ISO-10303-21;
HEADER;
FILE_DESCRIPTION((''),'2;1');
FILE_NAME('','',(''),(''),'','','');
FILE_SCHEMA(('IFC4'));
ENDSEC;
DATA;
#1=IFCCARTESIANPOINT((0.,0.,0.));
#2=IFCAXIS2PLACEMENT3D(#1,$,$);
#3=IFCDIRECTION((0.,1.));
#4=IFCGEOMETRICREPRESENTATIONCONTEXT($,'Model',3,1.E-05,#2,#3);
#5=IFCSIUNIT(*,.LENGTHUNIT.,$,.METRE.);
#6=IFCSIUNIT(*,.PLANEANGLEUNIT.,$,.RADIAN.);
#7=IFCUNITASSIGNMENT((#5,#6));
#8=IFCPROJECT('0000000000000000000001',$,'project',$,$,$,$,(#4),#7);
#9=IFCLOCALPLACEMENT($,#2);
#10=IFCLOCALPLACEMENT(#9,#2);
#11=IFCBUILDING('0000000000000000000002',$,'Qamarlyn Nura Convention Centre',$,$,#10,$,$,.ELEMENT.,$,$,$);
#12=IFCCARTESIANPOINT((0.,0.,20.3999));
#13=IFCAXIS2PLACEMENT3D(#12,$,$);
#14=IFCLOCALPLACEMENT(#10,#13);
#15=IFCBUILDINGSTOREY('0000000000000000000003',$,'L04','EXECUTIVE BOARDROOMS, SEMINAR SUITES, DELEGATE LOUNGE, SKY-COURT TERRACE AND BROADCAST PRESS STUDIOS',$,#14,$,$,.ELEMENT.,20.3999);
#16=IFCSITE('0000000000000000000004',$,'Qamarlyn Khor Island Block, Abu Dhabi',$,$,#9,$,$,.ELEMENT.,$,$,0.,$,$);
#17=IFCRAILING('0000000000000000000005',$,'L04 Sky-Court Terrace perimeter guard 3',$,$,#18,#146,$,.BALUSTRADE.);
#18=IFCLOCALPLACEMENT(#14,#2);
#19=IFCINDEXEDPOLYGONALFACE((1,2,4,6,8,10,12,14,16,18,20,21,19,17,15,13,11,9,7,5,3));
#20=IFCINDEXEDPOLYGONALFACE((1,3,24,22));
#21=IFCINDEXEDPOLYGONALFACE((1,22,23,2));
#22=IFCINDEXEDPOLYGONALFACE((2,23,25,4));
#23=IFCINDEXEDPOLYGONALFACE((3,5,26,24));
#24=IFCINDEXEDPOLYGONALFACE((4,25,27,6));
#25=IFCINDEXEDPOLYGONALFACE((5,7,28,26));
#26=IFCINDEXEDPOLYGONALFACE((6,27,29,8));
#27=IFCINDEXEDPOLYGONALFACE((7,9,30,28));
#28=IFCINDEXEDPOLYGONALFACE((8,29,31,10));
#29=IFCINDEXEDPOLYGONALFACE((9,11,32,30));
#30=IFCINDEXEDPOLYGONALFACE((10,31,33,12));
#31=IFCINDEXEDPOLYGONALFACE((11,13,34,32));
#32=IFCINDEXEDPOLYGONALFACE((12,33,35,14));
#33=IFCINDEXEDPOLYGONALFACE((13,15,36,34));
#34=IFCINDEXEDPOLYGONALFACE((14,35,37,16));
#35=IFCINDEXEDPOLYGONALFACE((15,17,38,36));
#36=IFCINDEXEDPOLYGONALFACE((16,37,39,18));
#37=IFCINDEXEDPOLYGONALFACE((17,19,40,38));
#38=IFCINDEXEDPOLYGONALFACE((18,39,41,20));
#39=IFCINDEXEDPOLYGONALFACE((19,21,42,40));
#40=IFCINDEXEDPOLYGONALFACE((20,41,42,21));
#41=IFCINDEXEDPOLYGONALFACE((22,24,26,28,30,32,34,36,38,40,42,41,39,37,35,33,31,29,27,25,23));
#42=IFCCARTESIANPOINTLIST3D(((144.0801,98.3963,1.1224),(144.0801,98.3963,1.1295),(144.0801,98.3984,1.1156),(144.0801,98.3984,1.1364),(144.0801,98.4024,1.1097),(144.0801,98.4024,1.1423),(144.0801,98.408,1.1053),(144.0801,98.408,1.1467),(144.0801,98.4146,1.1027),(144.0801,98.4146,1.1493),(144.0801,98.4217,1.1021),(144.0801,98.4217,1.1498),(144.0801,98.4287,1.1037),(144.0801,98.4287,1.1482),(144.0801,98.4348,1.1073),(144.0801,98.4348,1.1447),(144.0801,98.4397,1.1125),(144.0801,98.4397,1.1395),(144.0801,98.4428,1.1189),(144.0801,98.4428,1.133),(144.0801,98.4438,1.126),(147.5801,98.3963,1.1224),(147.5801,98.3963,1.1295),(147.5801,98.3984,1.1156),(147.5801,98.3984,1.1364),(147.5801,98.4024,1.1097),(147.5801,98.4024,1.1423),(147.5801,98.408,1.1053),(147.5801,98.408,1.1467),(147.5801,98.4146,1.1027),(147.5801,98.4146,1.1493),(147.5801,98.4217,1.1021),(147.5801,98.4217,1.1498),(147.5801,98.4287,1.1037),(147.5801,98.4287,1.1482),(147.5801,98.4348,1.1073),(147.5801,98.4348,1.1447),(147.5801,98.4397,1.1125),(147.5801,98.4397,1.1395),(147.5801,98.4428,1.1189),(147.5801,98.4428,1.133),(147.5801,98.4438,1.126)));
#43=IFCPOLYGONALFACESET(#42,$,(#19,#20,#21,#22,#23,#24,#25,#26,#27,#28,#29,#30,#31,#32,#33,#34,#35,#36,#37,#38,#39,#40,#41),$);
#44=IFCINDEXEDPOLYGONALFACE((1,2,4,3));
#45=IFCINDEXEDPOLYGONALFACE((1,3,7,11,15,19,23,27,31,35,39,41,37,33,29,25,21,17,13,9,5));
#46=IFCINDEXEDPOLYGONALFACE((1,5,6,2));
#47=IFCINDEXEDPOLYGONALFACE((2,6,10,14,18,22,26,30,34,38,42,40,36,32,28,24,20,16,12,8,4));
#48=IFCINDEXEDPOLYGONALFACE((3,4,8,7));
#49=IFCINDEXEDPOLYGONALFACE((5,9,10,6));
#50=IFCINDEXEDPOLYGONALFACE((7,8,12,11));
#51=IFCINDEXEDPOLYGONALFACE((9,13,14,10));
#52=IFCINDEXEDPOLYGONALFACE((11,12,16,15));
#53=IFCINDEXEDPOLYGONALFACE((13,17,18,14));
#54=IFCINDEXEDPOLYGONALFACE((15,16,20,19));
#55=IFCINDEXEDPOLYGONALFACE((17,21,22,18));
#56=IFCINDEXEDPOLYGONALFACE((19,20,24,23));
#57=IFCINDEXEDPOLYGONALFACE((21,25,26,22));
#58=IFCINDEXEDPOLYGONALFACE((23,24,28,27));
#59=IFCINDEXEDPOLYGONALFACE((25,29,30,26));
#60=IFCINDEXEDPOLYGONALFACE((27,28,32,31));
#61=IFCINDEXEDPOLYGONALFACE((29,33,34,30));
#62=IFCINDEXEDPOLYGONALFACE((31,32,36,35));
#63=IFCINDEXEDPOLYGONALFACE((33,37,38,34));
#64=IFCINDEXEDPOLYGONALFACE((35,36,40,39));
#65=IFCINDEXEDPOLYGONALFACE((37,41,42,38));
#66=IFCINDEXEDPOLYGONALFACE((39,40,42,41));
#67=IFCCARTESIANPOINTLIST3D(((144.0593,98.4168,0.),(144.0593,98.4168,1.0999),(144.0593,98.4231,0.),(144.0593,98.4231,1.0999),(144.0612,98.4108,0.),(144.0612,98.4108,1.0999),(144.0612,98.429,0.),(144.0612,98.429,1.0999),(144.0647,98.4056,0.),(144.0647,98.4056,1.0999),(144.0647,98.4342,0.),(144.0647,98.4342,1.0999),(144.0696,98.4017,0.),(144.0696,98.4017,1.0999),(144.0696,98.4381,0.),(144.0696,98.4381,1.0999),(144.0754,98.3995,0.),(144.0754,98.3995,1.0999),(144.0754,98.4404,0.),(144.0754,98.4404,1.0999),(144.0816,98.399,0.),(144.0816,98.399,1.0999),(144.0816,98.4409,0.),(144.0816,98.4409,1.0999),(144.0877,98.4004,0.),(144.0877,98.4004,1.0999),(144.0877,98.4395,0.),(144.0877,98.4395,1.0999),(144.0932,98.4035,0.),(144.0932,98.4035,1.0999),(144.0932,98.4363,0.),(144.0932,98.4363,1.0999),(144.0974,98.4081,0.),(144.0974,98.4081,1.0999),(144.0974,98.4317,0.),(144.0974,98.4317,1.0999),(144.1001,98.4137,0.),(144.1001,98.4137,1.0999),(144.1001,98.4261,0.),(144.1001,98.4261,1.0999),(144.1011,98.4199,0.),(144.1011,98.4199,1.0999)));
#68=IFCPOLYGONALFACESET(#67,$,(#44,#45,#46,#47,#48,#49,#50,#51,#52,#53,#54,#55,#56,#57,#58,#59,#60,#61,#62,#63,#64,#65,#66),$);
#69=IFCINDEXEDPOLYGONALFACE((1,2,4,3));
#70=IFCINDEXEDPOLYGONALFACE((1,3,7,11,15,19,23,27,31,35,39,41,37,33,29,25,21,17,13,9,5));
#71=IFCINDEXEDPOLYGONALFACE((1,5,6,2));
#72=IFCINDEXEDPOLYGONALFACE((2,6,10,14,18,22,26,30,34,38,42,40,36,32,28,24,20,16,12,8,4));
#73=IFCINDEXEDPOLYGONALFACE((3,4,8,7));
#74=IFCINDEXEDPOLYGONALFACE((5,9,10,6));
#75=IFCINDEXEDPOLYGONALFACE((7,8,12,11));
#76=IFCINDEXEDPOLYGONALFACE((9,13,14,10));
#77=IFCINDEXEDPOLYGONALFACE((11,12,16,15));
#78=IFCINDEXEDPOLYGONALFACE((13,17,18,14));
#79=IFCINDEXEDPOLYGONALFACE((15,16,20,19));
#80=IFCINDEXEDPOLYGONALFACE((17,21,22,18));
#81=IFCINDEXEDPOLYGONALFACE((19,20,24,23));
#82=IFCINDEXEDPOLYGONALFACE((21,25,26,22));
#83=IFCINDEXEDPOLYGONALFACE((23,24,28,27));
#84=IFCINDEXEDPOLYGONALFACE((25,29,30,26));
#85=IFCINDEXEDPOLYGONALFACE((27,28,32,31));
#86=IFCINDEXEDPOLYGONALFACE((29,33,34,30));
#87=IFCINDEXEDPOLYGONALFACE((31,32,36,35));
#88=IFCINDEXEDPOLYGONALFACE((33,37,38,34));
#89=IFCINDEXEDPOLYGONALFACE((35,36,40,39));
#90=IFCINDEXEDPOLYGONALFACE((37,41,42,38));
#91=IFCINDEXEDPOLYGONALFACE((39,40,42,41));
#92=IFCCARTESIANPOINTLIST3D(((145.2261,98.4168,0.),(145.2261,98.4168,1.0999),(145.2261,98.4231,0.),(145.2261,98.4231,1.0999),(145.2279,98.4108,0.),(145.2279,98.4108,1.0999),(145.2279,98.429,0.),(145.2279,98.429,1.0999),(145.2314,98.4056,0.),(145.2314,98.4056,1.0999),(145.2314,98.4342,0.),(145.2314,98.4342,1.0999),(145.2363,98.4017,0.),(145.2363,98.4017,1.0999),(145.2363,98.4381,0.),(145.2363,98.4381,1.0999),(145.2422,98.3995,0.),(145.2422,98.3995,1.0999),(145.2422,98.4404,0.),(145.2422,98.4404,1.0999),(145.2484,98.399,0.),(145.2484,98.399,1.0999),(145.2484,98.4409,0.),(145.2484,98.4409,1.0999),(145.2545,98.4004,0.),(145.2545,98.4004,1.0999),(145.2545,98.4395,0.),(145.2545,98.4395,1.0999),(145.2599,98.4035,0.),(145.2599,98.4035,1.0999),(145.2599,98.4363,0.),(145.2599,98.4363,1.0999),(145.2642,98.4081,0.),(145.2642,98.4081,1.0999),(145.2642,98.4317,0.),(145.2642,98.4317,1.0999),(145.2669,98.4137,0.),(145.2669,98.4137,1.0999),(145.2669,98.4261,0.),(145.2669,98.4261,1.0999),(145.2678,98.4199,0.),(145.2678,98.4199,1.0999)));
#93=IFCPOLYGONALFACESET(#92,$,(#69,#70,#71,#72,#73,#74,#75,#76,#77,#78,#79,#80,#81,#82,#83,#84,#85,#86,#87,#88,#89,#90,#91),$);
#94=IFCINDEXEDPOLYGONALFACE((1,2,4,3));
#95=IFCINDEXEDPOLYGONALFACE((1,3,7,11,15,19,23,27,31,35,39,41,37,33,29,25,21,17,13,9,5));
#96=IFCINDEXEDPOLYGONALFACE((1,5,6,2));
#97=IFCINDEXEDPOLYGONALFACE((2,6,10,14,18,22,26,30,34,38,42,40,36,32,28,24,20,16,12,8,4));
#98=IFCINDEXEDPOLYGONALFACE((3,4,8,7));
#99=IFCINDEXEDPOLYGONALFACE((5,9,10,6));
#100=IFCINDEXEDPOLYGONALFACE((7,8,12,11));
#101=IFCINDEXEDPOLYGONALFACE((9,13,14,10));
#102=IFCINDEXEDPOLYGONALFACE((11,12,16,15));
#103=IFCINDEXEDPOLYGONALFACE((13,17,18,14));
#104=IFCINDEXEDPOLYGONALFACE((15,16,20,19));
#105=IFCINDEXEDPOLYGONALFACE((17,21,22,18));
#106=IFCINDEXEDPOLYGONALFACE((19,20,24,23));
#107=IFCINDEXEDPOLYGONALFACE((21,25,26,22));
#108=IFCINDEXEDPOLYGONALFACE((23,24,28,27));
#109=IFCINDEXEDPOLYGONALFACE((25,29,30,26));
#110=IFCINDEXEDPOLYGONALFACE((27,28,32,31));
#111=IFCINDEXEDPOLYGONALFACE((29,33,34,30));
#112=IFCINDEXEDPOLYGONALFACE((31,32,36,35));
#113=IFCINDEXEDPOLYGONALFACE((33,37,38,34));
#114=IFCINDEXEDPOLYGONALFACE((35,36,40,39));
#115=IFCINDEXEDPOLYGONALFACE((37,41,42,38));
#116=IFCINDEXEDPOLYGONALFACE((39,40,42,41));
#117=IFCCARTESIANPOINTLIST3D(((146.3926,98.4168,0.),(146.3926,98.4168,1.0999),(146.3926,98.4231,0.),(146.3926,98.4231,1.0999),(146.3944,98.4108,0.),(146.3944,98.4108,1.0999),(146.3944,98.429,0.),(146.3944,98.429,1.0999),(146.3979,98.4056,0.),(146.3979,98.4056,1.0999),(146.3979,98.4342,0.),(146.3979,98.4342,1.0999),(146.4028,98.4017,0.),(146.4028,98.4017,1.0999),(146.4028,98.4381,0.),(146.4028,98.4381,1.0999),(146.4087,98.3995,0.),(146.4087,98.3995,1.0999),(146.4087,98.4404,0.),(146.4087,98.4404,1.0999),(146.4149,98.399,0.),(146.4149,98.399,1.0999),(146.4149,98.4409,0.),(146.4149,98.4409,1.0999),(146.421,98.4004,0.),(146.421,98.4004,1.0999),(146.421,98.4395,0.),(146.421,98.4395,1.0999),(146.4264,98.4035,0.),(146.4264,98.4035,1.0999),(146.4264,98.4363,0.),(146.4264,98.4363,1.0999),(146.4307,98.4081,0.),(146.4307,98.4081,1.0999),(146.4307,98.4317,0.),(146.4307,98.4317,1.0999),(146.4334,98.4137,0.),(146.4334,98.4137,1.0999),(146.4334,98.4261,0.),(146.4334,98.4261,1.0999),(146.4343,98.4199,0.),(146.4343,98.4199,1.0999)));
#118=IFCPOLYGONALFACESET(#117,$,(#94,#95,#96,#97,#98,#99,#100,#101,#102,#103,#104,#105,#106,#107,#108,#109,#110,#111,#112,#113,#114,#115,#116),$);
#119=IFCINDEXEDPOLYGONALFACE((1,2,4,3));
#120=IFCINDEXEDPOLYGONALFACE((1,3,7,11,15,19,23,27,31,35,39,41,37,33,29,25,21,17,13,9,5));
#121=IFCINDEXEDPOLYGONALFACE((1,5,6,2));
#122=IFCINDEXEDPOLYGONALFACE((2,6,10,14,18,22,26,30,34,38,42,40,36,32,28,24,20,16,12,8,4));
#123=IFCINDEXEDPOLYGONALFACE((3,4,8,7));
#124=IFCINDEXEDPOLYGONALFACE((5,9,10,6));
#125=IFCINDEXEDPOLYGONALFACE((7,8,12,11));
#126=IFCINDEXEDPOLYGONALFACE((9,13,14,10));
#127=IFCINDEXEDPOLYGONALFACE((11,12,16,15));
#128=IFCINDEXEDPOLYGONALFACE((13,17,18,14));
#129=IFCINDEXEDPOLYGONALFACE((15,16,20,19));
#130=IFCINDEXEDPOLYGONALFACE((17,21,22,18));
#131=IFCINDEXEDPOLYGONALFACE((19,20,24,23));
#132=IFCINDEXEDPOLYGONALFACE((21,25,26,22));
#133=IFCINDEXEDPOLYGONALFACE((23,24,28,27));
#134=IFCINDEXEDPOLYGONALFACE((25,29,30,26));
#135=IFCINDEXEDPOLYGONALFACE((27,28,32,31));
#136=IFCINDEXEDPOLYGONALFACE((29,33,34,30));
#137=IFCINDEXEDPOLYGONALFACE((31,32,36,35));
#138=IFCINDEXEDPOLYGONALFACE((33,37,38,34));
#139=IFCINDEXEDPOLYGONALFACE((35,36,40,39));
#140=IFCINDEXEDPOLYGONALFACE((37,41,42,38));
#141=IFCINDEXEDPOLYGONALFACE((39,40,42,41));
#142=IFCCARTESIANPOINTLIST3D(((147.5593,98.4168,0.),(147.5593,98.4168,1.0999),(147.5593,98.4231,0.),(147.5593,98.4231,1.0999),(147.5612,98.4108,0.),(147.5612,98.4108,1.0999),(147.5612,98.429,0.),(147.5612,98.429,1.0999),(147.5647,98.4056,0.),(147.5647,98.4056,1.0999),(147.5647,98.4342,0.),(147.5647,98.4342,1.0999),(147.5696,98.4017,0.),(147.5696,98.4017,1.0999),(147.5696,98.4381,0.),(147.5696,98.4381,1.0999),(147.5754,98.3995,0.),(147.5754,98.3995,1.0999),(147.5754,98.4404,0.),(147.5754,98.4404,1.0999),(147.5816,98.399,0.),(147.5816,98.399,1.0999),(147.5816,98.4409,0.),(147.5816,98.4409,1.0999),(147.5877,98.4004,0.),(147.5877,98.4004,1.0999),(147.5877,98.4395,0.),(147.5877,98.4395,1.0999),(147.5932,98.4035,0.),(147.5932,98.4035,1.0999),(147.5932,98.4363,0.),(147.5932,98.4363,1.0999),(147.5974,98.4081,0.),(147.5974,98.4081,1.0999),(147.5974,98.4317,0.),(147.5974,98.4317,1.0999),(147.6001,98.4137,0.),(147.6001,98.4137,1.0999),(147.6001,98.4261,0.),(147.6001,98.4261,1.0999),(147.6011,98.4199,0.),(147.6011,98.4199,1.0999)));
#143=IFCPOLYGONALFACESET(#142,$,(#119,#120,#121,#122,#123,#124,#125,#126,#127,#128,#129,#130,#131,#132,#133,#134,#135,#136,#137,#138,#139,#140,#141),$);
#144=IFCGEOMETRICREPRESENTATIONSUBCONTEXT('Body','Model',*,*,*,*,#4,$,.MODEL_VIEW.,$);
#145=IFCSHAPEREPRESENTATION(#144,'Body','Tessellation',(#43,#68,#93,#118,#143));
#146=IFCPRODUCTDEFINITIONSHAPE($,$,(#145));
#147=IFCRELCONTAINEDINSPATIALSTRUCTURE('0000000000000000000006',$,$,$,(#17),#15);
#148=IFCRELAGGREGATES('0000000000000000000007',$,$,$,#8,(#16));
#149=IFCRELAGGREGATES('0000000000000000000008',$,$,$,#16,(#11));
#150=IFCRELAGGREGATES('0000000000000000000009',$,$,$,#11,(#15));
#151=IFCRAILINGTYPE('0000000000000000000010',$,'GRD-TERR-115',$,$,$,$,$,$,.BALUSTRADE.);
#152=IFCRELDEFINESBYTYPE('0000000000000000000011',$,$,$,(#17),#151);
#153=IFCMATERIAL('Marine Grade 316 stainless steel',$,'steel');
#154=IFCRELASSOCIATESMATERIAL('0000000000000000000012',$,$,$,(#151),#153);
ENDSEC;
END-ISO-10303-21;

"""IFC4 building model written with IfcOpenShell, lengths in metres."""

from ifc_helpers import new_model, si_unit, direction, frame, origin, origin_2d, place, context, subcontext, project, spatial, circle, extrude, material, type_object, element, save


model = new_model("IFC4")

# Units and contexts
model_context = context("Model", 3, precision=1e-05, world=origin(), true_north=direction((0.0, 1.0)))
body_context = subcontext(model_context, "Body", "Model", "MODEL_VIEW")
ifc_project = project(units=[si_unit("LENGTHUNIT", "METRE"), si_unit("PLANEANGLEUNIT", "RADIAN")], contexts=[model_context])

# Site, building, storey
site_placement = place(None, origin())
site = spatial("IfcSite", under=ifc_project, at=site_placement, Name="Qamarlyn Khor Island Block, Abu Dhabi", CompositionType="ELEMENT", RefElevation=0.0)
building_placement = place(site_placement, origin())
building = spatial("IfcBuilding", under=site, at=building_placement, Name="Qamarlyn Nura Convention Centre", CompositionType="ELEMENT")
storey_placement = place(building_placement, frame((0.0, 0.0, 20.3999)))
storey = spatial("IfcBuildingStorey", under=building, at=storey_placement, Name="L04", Description="EXECUTIVE BOARDROOMS, SEMINAR SUITES, DELEGATE LOUNGE, SKY-COURT TERRACE AND BROADCAST PRESS STUDIOS", CompositionType="ELEMENT", Elevation=20.3999)

# Railing
ifc_material_1 = material(Name="Marine Grade 316 stainless steel", Category="steel")
railing_type_1 = type_object("IfcRailingType", Name="GRD-TERR-115", PredefinedType="BALUSTRADE", material=ifc_material_1)
railing_1_placement = place(storey_placement, frame((144.0801, 98.4199, 0.0)))
element("IfcRailing", 1, at=railing_1_placement, inside=storey, type_object=railing_type_1, Name="L04 Sky-Court Terrace perimeter guard 3", PredefinedType="BALUSTRADE", context=body_context, shape_type="SweptSolid", body=[
    extrude(circle(Radius=0.0239, at=origin_2d()), frame((0.0, 0.0, 1.126), z_axis=(1.0, 0.0, 0.0), x_axis=(0.0, 1.0, 0.0)), (0.0, 0.0, 1.0), 3.5),
    extrude(circle(Radius=0.021, at=origin_2d()), origin(), (0.0, 0.0, 1.0), 1.0999),
    extrude(circle(Radius=0.021, at=origin_2d()), frame((1.1667, 0.0, 0.0)), (0.0, 0.0, 1.0), 1.0999),
    extrude(circle(Radius=0.021, at=origin_2d()), frame((2.3333, 0.0, 0.0)), (0.0, 0.0, 1.0), 1.0999),
    extrude(circle(Radius=0.021, at=origin_2d()), frame((3.5, 0.0, 0.0)), (0.0, 0.0, 1.0), 1.0999),
])

save(model, "model.ifc")
